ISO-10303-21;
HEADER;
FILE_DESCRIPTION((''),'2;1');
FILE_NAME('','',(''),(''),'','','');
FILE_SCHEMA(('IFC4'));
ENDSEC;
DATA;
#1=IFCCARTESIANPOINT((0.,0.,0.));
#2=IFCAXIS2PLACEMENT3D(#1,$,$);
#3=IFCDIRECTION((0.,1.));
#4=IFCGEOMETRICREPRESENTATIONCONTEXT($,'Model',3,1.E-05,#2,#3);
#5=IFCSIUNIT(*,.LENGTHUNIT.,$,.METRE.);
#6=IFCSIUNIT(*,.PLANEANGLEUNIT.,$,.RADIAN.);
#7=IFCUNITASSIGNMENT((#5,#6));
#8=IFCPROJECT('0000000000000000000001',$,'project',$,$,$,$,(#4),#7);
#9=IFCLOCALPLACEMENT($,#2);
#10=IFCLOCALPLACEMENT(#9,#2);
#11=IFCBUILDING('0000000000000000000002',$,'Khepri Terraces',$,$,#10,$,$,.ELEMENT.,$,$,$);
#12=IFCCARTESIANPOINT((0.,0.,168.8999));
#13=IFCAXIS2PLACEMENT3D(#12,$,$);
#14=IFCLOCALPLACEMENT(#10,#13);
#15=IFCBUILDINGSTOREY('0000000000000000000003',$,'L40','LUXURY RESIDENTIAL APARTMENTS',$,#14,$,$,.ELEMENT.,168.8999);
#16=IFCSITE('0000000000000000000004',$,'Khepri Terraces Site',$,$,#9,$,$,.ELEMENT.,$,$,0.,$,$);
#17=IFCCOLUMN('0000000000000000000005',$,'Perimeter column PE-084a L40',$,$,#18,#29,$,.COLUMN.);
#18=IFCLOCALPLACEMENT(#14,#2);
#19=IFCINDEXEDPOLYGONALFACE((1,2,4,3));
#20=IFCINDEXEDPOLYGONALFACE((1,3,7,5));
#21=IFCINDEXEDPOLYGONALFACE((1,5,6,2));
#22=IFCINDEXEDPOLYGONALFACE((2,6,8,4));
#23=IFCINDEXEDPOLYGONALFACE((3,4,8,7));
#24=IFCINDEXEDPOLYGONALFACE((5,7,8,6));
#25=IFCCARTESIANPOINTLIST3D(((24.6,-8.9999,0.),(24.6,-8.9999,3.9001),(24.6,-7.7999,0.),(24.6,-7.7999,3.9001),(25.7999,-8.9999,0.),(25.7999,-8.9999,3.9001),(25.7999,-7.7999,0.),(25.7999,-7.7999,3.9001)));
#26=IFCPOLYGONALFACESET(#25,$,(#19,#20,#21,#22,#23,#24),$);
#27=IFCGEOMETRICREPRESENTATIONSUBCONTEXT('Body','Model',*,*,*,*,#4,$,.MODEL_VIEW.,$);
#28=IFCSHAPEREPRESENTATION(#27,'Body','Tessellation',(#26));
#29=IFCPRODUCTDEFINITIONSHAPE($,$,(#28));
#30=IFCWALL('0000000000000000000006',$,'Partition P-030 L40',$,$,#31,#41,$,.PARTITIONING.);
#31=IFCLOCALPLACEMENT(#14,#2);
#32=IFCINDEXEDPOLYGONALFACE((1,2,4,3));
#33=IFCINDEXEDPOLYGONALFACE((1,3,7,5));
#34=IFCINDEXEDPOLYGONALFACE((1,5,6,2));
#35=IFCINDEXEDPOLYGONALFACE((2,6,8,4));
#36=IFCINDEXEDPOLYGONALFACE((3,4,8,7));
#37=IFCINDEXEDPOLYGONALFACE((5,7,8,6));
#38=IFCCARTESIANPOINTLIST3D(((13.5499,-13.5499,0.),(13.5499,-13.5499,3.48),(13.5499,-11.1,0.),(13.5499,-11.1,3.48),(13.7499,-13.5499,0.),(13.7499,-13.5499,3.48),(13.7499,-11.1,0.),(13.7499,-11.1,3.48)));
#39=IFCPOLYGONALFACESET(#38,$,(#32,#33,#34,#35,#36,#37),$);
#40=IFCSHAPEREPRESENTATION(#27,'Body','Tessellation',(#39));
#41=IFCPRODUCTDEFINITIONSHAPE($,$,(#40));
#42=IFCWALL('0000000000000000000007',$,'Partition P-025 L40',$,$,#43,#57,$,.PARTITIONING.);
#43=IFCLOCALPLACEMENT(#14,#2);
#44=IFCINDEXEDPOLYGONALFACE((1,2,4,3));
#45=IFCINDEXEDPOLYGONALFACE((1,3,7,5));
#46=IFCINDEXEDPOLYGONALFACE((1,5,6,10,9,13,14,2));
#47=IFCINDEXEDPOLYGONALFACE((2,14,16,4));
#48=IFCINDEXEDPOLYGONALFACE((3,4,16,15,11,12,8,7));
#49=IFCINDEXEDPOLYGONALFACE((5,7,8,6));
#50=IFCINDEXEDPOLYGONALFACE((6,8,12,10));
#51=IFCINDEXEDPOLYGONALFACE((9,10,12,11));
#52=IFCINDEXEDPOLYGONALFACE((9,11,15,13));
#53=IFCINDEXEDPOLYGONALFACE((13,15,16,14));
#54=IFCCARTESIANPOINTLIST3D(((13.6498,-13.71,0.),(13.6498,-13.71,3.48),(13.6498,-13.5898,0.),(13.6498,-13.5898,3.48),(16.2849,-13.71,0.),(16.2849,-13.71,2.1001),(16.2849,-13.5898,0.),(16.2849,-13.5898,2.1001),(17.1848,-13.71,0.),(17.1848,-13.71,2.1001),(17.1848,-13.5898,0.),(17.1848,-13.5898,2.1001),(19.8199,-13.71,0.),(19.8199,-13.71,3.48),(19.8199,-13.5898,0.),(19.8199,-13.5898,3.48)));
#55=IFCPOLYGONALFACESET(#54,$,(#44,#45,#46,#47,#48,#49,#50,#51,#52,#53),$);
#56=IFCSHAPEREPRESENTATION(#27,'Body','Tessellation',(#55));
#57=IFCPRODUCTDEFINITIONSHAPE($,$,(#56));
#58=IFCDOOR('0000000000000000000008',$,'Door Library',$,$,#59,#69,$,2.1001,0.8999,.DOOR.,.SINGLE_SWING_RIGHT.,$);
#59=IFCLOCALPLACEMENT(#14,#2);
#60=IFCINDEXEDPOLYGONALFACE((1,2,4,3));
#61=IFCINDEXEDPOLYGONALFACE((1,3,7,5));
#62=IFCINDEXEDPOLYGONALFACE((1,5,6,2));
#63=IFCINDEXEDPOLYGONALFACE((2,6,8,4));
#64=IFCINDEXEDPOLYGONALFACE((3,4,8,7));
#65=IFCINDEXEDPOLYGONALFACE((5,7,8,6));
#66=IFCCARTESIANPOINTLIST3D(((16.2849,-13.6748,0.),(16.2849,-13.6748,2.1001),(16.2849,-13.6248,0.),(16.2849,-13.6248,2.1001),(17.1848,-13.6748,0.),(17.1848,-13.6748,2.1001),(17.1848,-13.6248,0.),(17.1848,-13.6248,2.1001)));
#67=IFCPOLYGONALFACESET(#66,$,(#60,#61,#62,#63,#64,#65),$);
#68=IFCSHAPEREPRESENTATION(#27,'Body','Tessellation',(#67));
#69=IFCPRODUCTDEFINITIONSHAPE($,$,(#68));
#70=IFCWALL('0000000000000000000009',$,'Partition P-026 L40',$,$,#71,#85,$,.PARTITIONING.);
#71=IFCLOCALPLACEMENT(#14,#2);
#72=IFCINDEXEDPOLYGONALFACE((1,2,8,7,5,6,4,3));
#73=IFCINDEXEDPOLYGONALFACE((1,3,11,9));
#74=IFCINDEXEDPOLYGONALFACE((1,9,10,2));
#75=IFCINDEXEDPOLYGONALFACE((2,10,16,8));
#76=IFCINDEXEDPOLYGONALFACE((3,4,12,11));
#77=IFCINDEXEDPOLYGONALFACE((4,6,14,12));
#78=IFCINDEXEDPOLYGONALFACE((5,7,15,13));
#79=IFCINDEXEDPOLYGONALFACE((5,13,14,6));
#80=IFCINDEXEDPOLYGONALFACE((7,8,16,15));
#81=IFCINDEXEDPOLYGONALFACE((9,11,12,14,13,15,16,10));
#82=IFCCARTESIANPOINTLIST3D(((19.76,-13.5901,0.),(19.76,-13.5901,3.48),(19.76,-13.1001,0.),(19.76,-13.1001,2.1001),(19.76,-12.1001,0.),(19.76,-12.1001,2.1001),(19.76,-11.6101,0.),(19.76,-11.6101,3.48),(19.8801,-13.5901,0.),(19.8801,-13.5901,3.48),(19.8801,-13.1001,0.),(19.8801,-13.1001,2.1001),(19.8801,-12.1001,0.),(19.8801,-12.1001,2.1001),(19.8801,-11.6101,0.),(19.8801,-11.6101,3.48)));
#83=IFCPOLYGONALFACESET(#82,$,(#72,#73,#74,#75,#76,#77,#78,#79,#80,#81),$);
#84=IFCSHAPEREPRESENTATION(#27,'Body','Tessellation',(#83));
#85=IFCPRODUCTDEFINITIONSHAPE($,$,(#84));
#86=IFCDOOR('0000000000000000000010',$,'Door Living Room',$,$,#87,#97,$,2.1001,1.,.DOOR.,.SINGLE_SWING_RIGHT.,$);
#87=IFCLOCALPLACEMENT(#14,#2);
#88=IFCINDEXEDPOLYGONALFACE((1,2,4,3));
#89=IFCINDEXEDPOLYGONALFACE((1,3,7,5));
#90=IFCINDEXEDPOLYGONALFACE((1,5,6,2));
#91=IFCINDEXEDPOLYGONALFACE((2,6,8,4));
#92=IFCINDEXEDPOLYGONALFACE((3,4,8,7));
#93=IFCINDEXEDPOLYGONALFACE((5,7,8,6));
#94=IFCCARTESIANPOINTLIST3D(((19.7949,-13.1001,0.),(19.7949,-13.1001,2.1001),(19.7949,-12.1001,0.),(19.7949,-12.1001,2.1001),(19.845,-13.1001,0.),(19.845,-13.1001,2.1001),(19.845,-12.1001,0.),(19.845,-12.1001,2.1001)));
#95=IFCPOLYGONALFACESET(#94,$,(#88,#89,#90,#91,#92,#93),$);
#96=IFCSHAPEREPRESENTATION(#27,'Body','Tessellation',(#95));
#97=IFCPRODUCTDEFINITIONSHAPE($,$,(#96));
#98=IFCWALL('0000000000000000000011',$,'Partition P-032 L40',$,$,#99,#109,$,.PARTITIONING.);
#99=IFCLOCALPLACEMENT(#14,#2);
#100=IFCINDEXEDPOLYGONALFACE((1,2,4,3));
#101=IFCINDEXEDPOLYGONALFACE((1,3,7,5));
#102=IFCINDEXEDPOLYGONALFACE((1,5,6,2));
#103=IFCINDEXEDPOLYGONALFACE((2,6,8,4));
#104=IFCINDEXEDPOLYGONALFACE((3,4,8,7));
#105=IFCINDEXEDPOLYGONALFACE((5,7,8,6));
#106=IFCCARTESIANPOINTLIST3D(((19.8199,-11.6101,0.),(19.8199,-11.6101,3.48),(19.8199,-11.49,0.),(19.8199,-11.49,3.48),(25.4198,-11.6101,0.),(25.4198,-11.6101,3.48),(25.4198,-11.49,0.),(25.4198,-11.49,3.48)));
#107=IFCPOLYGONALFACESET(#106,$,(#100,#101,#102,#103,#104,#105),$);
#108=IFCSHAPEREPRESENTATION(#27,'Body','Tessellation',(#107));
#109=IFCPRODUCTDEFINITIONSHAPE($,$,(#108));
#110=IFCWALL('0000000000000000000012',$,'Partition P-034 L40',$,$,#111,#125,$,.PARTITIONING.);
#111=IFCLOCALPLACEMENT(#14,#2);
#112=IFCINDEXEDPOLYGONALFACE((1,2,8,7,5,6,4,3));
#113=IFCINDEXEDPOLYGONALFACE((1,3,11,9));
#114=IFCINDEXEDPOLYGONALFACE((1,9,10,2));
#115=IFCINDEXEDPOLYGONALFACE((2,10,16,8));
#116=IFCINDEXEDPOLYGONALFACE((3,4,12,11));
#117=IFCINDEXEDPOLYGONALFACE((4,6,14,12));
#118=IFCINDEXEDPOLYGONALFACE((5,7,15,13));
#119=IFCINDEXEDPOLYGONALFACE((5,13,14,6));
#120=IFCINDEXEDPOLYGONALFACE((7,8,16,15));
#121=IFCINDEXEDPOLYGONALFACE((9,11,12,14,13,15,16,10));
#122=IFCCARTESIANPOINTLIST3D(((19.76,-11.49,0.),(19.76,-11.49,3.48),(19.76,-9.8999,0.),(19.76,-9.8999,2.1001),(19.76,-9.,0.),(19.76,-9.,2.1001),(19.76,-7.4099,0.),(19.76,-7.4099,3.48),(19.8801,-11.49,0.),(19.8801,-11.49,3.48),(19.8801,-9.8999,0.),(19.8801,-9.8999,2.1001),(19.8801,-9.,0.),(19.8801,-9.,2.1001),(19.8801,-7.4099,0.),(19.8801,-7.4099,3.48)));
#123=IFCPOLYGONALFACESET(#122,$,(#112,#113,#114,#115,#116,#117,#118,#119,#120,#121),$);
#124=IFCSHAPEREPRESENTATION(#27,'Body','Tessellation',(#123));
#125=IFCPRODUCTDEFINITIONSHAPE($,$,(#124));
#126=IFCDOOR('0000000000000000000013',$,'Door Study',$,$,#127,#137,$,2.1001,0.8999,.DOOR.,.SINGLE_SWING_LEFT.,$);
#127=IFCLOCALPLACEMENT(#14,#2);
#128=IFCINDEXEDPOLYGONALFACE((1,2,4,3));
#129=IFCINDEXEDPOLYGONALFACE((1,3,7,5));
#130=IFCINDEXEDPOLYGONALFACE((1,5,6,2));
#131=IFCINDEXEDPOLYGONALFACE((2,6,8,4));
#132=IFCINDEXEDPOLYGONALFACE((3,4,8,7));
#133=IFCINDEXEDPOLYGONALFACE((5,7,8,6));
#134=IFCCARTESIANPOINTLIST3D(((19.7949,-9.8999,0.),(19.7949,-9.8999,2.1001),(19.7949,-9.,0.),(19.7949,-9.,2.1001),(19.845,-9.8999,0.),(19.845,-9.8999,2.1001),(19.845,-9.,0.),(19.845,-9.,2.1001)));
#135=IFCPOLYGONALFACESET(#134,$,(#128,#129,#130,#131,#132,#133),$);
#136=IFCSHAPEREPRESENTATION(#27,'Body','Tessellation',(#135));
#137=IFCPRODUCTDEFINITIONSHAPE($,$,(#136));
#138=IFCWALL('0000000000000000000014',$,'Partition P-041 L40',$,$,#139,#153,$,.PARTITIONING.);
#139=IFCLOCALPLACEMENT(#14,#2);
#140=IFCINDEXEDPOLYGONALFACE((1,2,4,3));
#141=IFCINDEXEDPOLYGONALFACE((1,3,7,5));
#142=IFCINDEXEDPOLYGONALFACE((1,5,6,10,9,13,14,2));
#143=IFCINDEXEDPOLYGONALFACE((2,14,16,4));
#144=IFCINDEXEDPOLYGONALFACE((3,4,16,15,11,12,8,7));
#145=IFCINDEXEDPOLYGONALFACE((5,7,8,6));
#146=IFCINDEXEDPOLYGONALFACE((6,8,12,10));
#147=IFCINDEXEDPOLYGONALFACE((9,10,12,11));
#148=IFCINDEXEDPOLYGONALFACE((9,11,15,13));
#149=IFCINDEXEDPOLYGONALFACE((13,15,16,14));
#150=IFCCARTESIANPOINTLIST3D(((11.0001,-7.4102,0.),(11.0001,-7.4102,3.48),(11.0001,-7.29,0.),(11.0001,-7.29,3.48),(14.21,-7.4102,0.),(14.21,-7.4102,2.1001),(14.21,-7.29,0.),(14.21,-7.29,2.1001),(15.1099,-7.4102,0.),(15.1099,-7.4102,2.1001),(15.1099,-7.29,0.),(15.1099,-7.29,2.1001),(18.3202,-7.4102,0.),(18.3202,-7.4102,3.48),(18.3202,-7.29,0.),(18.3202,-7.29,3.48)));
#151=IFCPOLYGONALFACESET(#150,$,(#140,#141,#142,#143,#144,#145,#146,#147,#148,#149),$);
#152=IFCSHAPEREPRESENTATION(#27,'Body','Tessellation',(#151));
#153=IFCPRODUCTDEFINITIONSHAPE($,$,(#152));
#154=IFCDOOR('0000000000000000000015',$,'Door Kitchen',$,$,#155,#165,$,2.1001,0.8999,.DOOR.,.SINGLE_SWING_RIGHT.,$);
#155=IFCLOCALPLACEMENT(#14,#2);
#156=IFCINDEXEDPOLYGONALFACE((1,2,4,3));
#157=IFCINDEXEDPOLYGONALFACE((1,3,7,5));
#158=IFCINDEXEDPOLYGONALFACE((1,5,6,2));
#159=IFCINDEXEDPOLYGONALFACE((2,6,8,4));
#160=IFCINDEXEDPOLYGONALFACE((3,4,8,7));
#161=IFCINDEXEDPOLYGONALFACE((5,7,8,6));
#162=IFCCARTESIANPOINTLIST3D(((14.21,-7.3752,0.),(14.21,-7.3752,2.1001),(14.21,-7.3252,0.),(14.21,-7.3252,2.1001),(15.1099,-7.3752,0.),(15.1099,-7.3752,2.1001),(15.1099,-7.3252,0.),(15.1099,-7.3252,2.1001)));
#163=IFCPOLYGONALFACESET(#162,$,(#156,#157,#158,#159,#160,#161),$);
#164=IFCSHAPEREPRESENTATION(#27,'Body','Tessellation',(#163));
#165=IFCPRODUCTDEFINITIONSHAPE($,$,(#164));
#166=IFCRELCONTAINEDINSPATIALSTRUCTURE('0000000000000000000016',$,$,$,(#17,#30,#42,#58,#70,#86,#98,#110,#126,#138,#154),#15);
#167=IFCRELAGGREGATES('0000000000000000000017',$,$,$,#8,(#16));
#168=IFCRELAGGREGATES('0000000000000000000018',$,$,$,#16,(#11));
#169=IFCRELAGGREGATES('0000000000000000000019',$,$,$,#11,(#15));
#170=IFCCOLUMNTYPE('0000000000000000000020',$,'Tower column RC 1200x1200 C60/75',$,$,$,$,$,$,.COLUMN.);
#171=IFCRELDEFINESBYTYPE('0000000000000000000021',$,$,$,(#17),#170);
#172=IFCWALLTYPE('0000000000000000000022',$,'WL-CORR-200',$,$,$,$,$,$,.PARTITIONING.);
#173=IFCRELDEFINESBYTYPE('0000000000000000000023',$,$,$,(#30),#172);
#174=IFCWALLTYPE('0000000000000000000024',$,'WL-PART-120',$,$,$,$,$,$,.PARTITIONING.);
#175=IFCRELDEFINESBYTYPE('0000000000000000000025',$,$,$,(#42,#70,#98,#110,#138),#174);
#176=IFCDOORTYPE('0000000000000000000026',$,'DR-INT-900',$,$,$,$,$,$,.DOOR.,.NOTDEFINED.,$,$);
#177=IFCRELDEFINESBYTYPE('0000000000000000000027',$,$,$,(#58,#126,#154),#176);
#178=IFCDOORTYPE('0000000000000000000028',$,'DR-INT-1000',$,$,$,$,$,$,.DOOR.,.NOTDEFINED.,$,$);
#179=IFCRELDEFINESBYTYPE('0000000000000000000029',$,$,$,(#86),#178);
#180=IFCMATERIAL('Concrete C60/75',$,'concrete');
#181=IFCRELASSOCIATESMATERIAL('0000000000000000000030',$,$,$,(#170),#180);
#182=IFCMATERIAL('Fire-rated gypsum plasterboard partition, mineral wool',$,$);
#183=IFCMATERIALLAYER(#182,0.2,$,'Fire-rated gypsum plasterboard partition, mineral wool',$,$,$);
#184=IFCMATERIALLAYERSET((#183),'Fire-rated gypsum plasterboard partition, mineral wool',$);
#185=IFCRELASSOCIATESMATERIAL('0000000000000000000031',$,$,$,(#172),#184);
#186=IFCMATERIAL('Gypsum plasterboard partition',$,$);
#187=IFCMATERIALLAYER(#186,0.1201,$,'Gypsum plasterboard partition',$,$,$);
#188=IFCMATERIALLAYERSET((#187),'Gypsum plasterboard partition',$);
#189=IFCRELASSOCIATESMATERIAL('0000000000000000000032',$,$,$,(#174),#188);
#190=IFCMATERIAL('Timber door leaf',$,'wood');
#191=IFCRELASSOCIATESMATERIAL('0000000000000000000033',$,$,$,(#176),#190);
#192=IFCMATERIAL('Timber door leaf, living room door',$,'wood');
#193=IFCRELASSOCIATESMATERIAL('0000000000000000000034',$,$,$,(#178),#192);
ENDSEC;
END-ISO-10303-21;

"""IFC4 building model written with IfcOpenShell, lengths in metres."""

from ifc_helpers import new_model, si_unit, direction, frame, frame_2d, origin, origin_2d, place, context, subcontext, project, spatial, rectangle, extrude, material, layer, layer_set, material_profile, profile_set, type_object, element, fill, save


model = new_model("IFC4")

# Units and contexts
model_context = context("Model", 3, precision=1e-05, world=origin(), true_north=direction((0.0, 1.0)))
body_context = subcontext(model_context, "Body", "Model", "MODEL_VIEW")
ifc_project = project(units=[si_unit("LENGTHUNIT", "METRE"), si_unit("PLANEANGLEUNIT", "RADIAN")], contexts=[model_context])

# Site, building, storey
site_placement = place(None, origin())
site = spatial("IfcSite", under=ifc_project, at=site_placement, Name="Khepri Terraces Site", CompositionType="ELEMENT", RefElevation=0.0)
building_placement = place(site_placement, origin())
building = spatial("IfcBuilding", under=site, at=building_placement, Name="Khepri Terraces", CompositionType="ELEMENT")
storey_placement = place(building_placement, frame((0.0, 0.0, 168.8999)))
storey = spatial("IfcBuildingStorey", under=building, at=storey_placement, Name="L40", Description="LUXURY RESIDENTIAL APARTMENTS", CompositionType="ELEMENT", Elevation=168.8999)

# Column
ifc_material_1 = material(Name="Concrete C60/75", Category="concrete")
ifc_material_profile = material_profile(ifc_material_1, rectangle(XDim=1.2, YDim=1.2, at=origin_2d()), Name="Concrete C60/75", Category="concrete")
ifc_profile_set = profile_set([ifc_material_profile], Name="Concrete C60/75")
column_type = type_object("IfcColumnType", Name="Tower column RC 1200x1200 C60/75", PredefinedType="COLUMN", material=ifc_profile_set)
column_placement = place(storey_placement, frame((25.2, -8.3999, 0.0), z_axis=(0.0, 0.0, 1.0), x_axis=(1.0, 0.0, 0.0)))
element("IfcColumn", 1, at=column_placement, inside=storey, type_object=column_type, Name="Perimeter column PE-084a L40", PredefinedType="COLUMN", context=body_context, shape_type="SweptSolid", body=[
    extrude(rectangle(XDim=1.2, YDim=1.2, at=origin_2d()), origin(), (0.0, 0.0, 1.0), 3.9001),
])

# Wall
ifc_material_2 = material(Name="Fire-rated gypsum plasterboard partition, mineral wool")
ifc_layer_1 = layer(ifc_material_2, 0.2, Name="Fire-rated gypsum plasterboard partition, mineral wool")
ifc_layer_set_1 = layer_set([ifc_layer_1], Name="Fire-rated gypsum plasterboard partition, mineral wool")
wall_type_1 = type_object("IfcWallType", Name="WL-CORR-200", PredefinedType="PARTITIONING", material=ifc_layer_set_1)
wall_1_placement = place(storey_placement, frame((13.6499, -13.55, 0.0), z_axis=(0.0, 0.0, 1.0), x_axis=(0.0, 1.0, 0.0)))
element("IfcWall", 2, at=wall_1_placement, inside=storey, type_object=wall_type_1, Name="Partition P-030 L40", PredefinedType="PARTITIONING", context=body_context, shape_type="SweptSolid", body=[
    extrude(rectangle(XDim=2.45, YDim=0.2, at=frame_2d((1.2251, 0.0))), origin(), (0.0, 0.0, 1.0), 3.48),
])

# Walls, openings, doors
ifc_material_3 = material(Name="Gypsum plasterboard partition")
ifc_layer_2 = layer(ifc_material_3, 0.1201, Name="Gypsum plasterboard partition")
ifc_layer_set_2 = layer_set([ifc_layer_2], Name="Gypsum plasterboard partition")
wall_type_2 = type_object("IfcWallType", Name="WL-PART-120", PredefinedType="PARTITIONING", material=ifc_layer_set_2)
wall_2_placement = place(storey_placement, frame((13.6499, -13.6499, 0.0), z_axis=(0.0, 0.0, 1.0), x_axis=(1.0, 0.0, 0.0)))
wall_2 = element("IfcWall", 3, at=wall_2_placement, inside=storey, type_object=wall_type_2, Name="Partition P-025 L40", PredefinedType="PARTITIONING", context=body_context, shape_type="SweptSolid", body=[
    extrude(rectangle(XDim=6.1702, YDim=0.1201, at=frame_2d((3.085, 0.0))), origin(), (0.0, 0.0, 1.0), 3.48),
])
opening_1_placement = place(wall_2_placement, frame((2.635, 0.0, 0.0)))
opening_1 = element("IfcOpeningElement", 4, at=opening_1_placement, cuts=wall_2, PredefinedType="OPENING", context=body_context, shape_type="SweptSolid", body=[
    extrude(rectangle(XDim=0.8999, YDim=2.1001, at=frame_2d((0.45, 1.05))), frame((0.0, 0.0701, 0.0), z_axis=(0.0, -1.0, 0.0), x_axis=(1.0, 0.0, 0.0)), (0.0, 0.0, 1.0), 0.1401),
])
ifc_material_4 = material(Name="Timber door leaf", Category="wood")
door_type_1 = type_object("IfcDoorType", Name="DR-INT-900", OperationType="NOTDEFINED", PredefinedType="DOOR", material=ifc_material_4)
door_1_placement = place(opening_1_placement, frame((0.8999, 0.0, 0.0), z_axis=(0.0, 0.0, 1.0), x_axis=(-1.0, 0.0, 0.0)))
door_1 = element("IfcDoor", 5, at=door_1_placement, inside=storey, type_object=door_type_1, Name="Door Library", OperationType="SINGLE_SWING_RIGHT", OverallHeight=2.1001, OverallWidth=0.8999, PredefinedType="DOOR", context=body_context, shape_type="SweptSolid", body=[
    extrude(rectangle(XDim=0.8999, YDim=2.1001, at=frame_2d((0.45, 1.05))), frame((0.0, 0.0249, 0.0), z_axis=(0.0, -1.0, 0.0), x_axis=(1.0, 0.0, 0.0)), (0.0, 0.0, 1.0), 0.05),
])
fill(opening_1, door_1)
wall_3_placement = place(storey_placement, frame((19.8201, -13.5901, 0.0), z_axis=(0.0, 0.0, 1.0), x_axis=(0.0, 1.0, 0.0)))
wall_3 = element("IfcWall", 6, at=wall_3_placement, inside=storey, type_object=wall_type_2, Name="Partition P-026 L40", PredefinedType="PARTITIONING", context=body_context, shape_type="SweptSolid", body=[
    extrude(rectangle(XDim=1.98, YDim=0.1201, at=frame_2d((0.99, 0.0))), origin(), (0.0, 0.0, 1.0), 3.48),
])
opening_2_placement = place(wall_3_placement, frame((0.49, 0.0, 0.0)))
opening_2 = element("IfcOpeningElement", 7, at=opening_2_placement, cuts=wall_3, PredefinedType="OPENING", context=body_context, shape_type="SweptSolid", body=[
    extrude(rectangle(XDim=1.0, YDim=2.1001, at=frame_2d((0.5, 1.05))), frame((0.0, 0.0701, 0.0), z_axis=(0.0, -1.0, 0.0), x_axis=(1.0, 0.0, 0.0)), (0.0, 0.0, 1.0), 0.1401),
])
ifc_material_5 = material(Name="Timber door leaf, living room door", Category="wood")
door_type_2 = type_object("IfcDoorType", Name="DR-INT-1000", OperationType="NOTDEFINED", PredefinedType="DOOR", material=ifc_material_5)
door_2_placement = place(opening_2_placement, frame((1.0, 0.0, 0.0), z_axis=(0.0, 0.0, 1.0), x_axis=(-1.0, 0.0, 0.0)))
door_2 = element("IfcDoor", 8, at=door_2_placement, inside=storey, type_object=door_type_2, Name="Door Living Room", OperationType="SINGLE_SWING_RIGHT", OverallHeight=2.1001, OverallWidth=1.0, PredefinedType="DOOR", context=body_context, shape_type="SweptSolid", body=[
    extrude(rectangle(XDim=1.0, YDim=2.1001, at=frame_2d((0.5, 1.05))), frame((0.0, 0.0249, 0.0), z_axis=(0.0, -1.0, 0.0), x_axis=(1.0, 0.0, 0.0)), (0.0, 0.0, 1.0), 0.05),
])
fill(opening_2, door_2)

# Wall
wall_4_placement = place(storey_placement, frame((19.8201, -11.55, 0.0), z_axis=(0.0, 0.0, 1.0), x_axis=(1.0, 0.0, 0.0)))
element("IfcWall", 9, at=wall_4_placement, inside=storey, type_object=wall_type_2, Name="Partition P-032 L40", PredefinedType="PARTITIONING", context=body_context, shape_type="SweptSolid", body=[
    extrude(rectangle(XDim=5.5999, YDim=0.1201, at=frame_2d((2.7998, 0.0))), origin(), (0.0, 0.0, 1.0), 3.48),
])

# Walls, openings, doors
wall_5_placement = place(storey_placement, frame((19.8201, -11.49, 0.0), z_axis=(0.0, 0.0, 1.0), x_axis=(0.0, 1.0, 0.0)))
wall_5 = element("IfcWall", 10, at=wall_5_placement, inside=storey, type_object=wall_type_2, Name="Partition P-034 L40", PredefinedType="PARTITIONING", context=body_context, shape_type="SweptSolid", body=[
    extrude(rectangle(XDim=4.0801, YDim=0.1201, at=frame_2d((2.04, 0.0))), origin(), (0.0, 0.0, 1.0), 3.48),
])
opening_3_placement = place(wall_5_placement, frame((1.5901, 0.0, 0.0)))
opening_3 = element("IfcOpeningElement", 11, at=opening_3_placement, cuts=wall_5, PredefinedType="OPENING", context=body_context, shape_type="SweptSolid", body=[
    extrude(rectangle(XDim=0.8999, YDim=2.1001, at=frame_2d((0.45, 1.05))), frame((0.0, 0.0701, 0.0), z_axis=(0.0, -1.0, 0.0), x_axis=(1.0, 0.0, 0.0)), (0.0, 0.0, 1.0), 0.1401),
])
door_3_placement = place(opening_3_placement, frame((0.8999, 0.0, 0.0), z_axis=(0.0, 0.0, 1.0), x_axis=(-1.0, 0.0, 0.0)))
door_3 = element("IfcDoor", 12, at=door_3_placement, inside=storey, type_object=door_type_1, Name="Door Study", OperationType="SINGLE_SWING_LEFT", OverallHeight=2.1001, OverallWidth=0.8999, PredefinedType="DOOR", context=body_context, shape_type="SweptSolid", body=[
    extrude(rectangle(XDim=0.8999, YDim=2.1001, at=frame_2d((0.45, 1.05))), frame((0.0, 0.0249, 0.0), z_axis=(0.0, -1.0, 0.0), x_axis=(1.0, 0.0, 0.0)), (0.0, 0.0, 1.0), 0.05),
])
fill(opening_3, door_3)
wall_6_placement = place(storey_placement, frame((11.0, -7.3501, 0.0), z_axis=(0.0, 0.0, 1.0), x_axis=(1.0, 0.0, 0.0)))
wall_6 = element("IfcWall", 13, at=wall_6_placement, inside=storey, type_object=wall_type_2, Name="Partition P-041 L40", PredefinedType="PARTITIONING", context=body_context, shape_type="SweptSolid", body=[
    extrude(rectangle(XDim=7.3201, YDim=0.1201, at=frame_2d((3.6602, 0.0))), origin(), (0.0, 0.0, 1.0), 3.48),
])
opening_4_placement = place(wall_6_placement, frame((3.21, 0.0, 0.0)))
opening_4 = element("IfcOpeningElement", 14, at=opening_4_placement, cuts=wall_6, PredefinedType="OPENING", context=body_context, shape_type="SweptSolid", body=[
    extrude(rectangle(XDim=0.8999, YDim=2.1001, at=frame_2d((0.45, 1.05))), frame((0.0, 0.0701, 0.0), z_axis=(0.0, -1.0, 0.0), x_axis=(1.0, 0.0, 0.0)), (0.0, 0.0, 1.0), 0.1401),
])
door_4_placement = place(opening_4_placement, origin())
door_4 = element("IfcDoor", 15, at=door_4_placement, inside=storey, type_object=door_type_1, Name="Door Kitchen", OperationType="SINGLE_SWING_RIGHT", OverallHeight=2.1001, OverallWidth=0.8999, PredefinedType="DOOR", context=body_context, shape_type="SweptSolid", body=[
    extrude(rectangle(XDim=0.8999, YDim=2.1001, at=frame_2d((0.45, 1.05))), frame((0.0, 0.0249, 0.0), z_axis=(0.0, -1.0, 0.0), x_axis=(1.0, 0.0, 0.0)), (0.0, 0.0, 1.0), 0.05),
])
fill(opening_4, door_4)

save(model, "model.ifc")
